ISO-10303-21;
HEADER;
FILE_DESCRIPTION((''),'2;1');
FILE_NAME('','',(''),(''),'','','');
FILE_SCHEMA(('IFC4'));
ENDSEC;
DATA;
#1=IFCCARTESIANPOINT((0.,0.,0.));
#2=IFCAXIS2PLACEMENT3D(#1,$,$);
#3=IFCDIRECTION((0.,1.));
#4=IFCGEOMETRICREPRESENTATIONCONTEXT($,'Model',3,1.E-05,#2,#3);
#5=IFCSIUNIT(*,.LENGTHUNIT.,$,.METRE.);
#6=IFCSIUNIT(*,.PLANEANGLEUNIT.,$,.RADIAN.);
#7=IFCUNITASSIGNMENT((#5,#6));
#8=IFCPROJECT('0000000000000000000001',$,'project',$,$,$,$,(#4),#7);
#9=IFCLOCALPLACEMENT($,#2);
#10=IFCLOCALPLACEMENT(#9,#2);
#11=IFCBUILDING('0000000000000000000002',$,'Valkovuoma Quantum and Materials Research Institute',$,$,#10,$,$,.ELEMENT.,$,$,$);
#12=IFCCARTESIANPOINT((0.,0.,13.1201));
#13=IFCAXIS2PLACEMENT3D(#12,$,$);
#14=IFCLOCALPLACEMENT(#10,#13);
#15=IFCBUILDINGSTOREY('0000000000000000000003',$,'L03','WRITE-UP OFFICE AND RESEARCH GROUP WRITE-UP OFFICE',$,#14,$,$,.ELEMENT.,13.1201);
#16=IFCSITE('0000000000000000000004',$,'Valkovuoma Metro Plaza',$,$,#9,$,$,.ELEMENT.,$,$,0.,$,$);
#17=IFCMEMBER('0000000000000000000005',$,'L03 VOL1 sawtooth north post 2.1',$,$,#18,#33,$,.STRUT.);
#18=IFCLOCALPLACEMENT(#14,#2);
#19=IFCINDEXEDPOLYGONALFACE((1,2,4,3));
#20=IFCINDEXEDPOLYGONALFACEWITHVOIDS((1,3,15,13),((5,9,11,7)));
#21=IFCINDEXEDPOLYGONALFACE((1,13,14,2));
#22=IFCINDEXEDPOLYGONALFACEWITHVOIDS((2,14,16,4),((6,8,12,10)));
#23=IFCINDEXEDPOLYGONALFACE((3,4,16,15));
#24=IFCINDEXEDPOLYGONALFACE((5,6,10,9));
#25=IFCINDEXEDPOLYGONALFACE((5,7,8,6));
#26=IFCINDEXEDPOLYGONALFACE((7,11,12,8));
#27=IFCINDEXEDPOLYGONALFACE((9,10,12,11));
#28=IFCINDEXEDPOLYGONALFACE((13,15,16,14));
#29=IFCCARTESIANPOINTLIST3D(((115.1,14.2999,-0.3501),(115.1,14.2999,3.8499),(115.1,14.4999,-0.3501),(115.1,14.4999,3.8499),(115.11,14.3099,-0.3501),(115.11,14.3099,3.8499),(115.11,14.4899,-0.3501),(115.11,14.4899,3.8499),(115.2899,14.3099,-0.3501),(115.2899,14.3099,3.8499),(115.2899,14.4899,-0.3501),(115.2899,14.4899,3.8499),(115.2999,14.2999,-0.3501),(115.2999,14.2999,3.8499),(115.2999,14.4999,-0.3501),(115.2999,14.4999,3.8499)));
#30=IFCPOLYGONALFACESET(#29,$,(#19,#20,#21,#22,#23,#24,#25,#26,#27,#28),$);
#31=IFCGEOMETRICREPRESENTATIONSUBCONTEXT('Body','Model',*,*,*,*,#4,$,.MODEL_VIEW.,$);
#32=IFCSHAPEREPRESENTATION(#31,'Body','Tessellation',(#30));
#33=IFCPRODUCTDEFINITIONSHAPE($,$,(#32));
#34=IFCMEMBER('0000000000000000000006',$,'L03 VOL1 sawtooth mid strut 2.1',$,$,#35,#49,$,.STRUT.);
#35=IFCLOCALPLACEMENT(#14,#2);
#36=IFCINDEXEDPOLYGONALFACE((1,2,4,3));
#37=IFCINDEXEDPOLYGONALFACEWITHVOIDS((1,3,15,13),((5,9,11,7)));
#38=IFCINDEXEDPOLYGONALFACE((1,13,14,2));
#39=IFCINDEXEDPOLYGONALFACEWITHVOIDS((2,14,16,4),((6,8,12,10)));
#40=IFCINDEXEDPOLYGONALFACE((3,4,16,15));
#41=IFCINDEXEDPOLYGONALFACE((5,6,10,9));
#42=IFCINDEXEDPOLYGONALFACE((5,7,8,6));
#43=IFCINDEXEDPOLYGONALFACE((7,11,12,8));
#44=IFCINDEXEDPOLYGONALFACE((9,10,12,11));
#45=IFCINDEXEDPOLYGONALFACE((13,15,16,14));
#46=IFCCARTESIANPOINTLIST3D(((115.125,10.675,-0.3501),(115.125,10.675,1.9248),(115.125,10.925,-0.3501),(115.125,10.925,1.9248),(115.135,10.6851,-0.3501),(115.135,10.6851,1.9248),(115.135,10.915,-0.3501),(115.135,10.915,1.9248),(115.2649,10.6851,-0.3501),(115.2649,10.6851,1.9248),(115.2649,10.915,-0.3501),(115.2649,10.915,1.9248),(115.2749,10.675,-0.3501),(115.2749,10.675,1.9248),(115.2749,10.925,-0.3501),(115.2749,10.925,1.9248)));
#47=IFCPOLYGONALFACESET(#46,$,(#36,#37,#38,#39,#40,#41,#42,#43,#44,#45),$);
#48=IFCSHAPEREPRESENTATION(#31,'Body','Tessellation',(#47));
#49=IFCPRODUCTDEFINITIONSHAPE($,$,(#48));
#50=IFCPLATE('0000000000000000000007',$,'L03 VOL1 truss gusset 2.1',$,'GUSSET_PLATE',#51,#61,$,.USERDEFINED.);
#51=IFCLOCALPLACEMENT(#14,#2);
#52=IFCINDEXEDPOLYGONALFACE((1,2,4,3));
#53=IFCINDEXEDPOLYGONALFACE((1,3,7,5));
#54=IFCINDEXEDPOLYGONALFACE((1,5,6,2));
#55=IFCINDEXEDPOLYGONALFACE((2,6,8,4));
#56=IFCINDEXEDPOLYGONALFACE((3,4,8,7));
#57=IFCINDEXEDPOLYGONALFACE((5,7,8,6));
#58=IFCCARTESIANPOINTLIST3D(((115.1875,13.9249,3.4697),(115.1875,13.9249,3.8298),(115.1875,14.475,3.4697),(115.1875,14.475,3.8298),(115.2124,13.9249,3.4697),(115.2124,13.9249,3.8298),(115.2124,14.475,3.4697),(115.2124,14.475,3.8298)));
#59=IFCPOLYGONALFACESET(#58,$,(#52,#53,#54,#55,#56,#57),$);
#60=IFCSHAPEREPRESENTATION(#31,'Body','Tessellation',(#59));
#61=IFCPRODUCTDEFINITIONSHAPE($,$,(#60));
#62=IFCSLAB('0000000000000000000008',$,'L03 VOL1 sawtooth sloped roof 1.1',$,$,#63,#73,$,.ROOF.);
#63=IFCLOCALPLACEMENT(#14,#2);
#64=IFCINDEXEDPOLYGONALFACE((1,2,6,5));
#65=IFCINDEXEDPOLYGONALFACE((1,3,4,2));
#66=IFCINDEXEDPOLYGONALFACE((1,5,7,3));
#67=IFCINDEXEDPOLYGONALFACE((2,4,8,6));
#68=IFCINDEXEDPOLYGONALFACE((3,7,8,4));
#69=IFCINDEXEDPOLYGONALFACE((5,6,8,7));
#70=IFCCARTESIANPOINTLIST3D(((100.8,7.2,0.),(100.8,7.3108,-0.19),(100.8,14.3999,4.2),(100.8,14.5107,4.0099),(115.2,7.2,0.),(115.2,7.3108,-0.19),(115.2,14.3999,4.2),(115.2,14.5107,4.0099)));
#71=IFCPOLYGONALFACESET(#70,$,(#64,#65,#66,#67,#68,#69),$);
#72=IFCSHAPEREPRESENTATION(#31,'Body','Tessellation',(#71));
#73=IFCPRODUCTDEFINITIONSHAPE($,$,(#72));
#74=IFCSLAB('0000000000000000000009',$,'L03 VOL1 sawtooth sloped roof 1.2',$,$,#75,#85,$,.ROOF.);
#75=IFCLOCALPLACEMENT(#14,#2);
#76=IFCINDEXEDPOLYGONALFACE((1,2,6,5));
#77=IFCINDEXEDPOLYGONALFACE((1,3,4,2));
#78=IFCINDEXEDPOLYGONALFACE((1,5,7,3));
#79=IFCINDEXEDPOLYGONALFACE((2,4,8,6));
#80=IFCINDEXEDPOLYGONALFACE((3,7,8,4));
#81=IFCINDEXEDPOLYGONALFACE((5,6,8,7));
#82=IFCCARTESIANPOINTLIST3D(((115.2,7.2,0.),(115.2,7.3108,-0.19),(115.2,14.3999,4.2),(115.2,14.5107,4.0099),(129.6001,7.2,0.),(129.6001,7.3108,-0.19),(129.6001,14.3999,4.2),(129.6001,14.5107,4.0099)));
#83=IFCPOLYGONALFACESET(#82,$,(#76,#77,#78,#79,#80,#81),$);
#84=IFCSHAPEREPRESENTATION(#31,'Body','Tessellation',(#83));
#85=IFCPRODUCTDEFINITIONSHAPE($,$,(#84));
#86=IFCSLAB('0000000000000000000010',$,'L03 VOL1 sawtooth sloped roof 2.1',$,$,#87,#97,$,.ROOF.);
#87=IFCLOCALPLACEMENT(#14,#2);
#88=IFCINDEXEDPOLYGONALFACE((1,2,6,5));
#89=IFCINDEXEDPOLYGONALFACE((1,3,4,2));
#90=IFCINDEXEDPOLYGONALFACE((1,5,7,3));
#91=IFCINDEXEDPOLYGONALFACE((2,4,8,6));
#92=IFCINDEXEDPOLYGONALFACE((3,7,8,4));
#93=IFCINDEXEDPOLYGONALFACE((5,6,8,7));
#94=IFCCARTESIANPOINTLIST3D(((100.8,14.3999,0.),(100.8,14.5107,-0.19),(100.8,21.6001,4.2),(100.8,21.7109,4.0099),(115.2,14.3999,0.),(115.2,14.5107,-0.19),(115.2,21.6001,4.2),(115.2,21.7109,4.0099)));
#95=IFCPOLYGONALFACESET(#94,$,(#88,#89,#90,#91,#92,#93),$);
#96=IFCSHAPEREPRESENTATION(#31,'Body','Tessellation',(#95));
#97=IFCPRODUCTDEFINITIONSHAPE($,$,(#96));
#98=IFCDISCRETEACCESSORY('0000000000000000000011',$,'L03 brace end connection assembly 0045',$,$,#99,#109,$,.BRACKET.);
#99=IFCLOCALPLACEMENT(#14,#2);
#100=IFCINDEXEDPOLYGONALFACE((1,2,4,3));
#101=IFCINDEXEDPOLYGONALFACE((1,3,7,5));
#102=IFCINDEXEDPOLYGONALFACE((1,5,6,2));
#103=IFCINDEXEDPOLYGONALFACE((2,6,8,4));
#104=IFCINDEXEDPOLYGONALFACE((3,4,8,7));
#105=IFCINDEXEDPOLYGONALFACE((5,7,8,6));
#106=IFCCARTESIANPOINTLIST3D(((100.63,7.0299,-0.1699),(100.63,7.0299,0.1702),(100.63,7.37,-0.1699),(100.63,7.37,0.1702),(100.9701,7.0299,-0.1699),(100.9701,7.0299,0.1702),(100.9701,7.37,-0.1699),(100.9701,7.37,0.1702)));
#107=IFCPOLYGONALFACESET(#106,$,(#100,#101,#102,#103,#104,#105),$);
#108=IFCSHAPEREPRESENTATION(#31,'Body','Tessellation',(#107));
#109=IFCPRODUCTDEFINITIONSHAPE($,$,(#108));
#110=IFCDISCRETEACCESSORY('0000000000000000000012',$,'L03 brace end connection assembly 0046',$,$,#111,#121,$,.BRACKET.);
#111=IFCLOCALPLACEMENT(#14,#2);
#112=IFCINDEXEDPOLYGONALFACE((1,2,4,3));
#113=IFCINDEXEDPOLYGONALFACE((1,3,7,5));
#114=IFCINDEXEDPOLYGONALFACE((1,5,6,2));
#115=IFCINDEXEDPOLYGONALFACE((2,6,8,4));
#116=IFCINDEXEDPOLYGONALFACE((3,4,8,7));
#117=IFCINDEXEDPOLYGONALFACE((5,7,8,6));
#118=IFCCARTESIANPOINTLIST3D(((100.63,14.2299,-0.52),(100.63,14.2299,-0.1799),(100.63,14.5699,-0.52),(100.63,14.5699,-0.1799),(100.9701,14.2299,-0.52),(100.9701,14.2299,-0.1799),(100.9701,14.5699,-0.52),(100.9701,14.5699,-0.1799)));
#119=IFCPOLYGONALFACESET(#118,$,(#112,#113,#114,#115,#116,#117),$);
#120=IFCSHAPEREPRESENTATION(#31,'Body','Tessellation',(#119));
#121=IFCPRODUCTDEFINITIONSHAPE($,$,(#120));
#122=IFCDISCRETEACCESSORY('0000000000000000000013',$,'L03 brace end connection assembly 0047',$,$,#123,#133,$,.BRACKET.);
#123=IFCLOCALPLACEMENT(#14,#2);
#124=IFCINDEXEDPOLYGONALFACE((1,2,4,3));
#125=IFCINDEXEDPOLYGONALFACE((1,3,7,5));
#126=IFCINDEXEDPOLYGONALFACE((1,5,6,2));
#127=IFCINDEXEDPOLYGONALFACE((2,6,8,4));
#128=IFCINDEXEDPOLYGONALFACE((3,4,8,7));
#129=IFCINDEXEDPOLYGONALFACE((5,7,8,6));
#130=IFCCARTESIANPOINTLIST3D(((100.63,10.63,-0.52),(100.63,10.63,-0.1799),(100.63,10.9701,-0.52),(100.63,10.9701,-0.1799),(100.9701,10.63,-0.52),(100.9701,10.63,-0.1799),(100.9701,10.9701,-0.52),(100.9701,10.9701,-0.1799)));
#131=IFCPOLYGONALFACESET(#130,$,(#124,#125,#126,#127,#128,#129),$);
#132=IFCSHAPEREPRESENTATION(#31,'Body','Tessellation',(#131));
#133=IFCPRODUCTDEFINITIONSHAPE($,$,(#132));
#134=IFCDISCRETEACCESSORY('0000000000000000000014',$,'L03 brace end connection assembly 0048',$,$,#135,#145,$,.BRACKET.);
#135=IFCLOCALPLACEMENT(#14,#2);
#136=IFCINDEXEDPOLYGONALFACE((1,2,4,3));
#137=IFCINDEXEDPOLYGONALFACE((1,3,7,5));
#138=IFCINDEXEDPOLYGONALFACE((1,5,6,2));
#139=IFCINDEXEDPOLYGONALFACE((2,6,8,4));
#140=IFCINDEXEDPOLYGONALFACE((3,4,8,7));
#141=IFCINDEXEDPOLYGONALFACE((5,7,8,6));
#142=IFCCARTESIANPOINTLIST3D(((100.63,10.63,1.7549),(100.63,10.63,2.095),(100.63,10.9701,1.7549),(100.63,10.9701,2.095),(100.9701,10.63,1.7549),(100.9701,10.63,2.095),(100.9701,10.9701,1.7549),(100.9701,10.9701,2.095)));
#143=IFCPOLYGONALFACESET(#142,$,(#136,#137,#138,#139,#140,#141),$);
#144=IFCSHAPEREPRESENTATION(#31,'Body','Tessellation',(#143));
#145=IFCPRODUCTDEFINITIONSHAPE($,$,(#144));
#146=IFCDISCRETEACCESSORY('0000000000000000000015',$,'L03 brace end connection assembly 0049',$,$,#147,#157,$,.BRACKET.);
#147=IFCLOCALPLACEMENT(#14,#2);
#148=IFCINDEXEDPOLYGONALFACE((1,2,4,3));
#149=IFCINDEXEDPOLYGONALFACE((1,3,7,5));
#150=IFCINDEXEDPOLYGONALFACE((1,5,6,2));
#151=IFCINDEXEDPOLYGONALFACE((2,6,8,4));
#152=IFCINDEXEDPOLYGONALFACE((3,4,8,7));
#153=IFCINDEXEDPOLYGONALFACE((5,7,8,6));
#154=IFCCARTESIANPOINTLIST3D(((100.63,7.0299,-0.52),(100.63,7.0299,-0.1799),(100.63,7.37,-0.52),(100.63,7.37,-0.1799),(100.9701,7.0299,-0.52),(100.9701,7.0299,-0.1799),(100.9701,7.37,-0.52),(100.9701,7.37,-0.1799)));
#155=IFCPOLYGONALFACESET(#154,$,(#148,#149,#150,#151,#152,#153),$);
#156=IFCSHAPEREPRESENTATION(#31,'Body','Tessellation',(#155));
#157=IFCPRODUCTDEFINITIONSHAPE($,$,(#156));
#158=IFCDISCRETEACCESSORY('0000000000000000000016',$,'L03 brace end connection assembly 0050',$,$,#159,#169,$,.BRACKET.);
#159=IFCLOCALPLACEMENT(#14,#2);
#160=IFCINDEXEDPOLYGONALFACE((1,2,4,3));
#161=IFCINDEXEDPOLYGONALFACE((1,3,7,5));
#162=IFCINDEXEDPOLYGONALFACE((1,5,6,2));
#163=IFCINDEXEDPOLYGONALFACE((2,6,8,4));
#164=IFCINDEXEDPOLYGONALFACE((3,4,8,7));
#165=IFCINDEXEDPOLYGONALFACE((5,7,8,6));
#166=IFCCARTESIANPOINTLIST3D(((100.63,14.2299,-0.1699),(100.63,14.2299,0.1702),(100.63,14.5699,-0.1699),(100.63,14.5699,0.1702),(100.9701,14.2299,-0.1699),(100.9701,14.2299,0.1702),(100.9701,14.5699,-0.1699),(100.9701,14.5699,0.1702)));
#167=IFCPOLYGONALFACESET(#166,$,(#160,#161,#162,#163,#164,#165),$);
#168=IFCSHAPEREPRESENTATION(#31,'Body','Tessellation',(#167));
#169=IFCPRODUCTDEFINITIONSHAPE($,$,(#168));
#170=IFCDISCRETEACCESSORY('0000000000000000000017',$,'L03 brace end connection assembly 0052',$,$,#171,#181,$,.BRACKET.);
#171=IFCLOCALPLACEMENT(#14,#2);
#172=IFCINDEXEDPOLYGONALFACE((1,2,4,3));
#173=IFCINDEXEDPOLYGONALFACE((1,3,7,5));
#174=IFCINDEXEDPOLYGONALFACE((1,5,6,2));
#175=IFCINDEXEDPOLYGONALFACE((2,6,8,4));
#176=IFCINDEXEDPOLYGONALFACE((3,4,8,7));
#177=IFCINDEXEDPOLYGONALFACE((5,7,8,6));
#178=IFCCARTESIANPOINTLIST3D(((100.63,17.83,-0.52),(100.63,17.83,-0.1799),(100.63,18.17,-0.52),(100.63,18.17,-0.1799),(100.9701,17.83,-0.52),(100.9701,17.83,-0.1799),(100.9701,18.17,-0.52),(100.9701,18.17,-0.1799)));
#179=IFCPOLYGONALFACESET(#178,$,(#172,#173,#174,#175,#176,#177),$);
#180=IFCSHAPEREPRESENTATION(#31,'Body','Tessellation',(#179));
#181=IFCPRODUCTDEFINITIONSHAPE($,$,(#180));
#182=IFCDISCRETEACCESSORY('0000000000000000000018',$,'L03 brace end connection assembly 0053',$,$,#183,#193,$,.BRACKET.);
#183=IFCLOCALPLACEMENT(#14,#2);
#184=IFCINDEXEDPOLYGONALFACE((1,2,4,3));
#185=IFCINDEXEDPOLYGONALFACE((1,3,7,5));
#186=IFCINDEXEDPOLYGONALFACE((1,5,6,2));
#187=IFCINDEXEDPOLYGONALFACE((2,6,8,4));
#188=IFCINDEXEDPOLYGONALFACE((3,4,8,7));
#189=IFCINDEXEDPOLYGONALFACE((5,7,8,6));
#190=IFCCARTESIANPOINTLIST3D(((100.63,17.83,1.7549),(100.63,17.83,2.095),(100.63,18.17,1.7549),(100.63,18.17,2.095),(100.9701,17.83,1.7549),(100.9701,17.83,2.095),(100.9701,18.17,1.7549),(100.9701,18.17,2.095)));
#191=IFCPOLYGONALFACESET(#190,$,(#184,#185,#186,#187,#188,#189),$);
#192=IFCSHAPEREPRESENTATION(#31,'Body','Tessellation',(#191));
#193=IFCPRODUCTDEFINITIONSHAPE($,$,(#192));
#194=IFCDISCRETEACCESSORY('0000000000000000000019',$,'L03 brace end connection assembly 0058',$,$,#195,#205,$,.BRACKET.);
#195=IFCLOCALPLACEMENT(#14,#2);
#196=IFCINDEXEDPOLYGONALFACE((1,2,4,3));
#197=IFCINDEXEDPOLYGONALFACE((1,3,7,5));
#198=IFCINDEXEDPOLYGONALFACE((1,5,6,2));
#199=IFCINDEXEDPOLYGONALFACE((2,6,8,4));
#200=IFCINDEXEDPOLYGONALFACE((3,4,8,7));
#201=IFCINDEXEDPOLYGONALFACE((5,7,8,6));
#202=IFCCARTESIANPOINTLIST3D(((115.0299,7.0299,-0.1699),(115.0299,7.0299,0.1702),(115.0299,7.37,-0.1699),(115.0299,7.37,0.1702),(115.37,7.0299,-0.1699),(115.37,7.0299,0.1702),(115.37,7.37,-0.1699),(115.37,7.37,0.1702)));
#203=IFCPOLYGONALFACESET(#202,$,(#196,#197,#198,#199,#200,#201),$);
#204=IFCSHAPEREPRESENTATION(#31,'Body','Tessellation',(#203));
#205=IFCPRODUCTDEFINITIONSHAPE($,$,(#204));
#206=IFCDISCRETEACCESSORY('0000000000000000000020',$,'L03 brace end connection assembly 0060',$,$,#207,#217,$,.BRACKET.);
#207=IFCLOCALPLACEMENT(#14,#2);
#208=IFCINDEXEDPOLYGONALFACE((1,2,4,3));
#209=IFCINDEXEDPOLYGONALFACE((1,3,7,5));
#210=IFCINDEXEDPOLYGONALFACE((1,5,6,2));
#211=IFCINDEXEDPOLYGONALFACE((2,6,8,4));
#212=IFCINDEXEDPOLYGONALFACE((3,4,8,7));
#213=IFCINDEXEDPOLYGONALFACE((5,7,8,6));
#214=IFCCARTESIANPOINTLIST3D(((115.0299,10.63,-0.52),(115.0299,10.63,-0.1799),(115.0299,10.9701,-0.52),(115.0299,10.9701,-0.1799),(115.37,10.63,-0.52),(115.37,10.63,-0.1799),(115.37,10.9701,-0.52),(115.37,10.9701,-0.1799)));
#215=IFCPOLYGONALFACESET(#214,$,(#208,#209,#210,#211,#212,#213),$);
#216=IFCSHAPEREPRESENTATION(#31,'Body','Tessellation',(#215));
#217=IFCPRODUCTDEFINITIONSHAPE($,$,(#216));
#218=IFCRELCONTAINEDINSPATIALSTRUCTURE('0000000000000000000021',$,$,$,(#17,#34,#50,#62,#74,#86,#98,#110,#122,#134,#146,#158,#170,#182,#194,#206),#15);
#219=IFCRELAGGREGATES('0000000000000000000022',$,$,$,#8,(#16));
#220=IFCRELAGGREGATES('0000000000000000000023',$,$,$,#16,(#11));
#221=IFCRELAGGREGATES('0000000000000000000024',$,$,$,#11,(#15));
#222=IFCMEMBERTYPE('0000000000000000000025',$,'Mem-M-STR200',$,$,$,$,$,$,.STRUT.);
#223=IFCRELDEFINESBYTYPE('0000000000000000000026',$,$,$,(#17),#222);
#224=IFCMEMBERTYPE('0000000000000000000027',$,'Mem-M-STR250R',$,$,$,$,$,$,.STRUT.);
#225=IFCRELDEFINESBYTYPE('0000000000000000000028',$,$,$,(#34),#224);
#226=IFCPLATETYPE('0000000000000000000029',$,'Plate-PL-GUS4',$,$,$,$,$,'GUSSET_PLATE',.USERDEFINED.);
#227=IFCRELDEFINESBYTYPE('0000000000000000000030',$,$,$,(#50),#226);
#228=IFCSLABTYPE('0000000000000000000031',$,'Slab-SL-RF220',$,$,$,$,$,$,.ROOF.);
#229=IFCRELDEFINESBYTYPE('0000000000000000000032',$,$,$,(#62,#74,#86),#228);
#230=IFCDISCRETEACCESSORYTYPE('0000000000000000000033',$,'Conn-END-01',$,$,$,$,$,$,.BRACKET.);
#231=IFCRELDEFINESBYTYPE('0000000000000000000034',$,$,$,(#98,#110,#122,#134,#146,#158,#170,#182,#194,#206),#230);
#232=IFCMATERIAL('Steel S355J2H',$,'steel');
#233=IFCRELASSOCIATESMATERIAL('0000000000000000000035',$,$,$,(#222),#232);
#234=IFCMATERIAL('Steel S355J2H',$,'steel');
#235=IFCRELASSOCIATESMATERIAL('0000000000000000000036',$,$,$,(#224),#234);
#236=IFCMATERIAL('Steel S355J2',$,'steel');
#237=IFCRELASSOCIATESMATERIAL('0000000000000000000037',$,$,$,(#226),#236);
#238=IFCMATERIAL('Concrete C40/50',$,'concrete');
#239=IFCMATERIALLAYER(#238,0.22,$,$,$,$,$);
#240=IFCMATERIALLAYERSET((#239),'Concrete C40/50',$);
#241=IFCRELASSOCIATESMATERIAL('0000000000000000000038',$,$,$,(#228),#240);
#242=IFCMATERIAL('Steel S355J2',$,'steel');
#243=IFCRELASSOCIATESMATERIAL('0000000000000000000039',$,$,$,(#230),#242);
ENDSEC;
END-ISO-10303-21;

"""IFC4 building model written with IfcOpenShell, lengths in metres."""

from ifc_helpers import new_model, si_unit, direction, frame, origin, origin_2d, place, context, subcontext, project, spatial, polyline, rectangle, hollow_rectangle, outline, extrude, material, layer, layer_set, material_profile, profile_set, type_object, element, save


model = new_model("IFC4")

# Units and contexts
model_context = context("Model", 3, precision=1e-05, world=origin(), true_north=direction((0.0, 1.0)))
body_context = subcontext(model_context, "Body", "Model", "MODEL_VIEW")
ifc_project = project(units=[si_unit("LENGTHUNIT", "METRE"), si_unit("PLANEANGLEUNIT", "RADIAN")], contexts=[model_context])

# Site, building, storey
site_placement = place(None, origin())
site = spatial("IfcSite", under=ifc_project, at=site_placement, Name="Valkovuoma Metro Plaza", CompositionType="ELEMENT", RefElevation=0.0)
building_placement = place(site_placement, origin())
building = spatial("IfcBuilding", under=site, at=building_placement, Name="Valkovuoma Quantum and Materials Research Institute", CompositionType="ELEMENT")
storey_placement = place(building_placement, frame((0.0, 0.0, 13.1201)))
storey = spatial("IfcBuildingStorey", under=building, at=storey_placement, Name="L03", Description="WRITE-UP OFFICE AND RESEARCH GROUP WRITE-UP OFFICE", CompositionType="ELEMENT", Elevation=13.1201)

# Members
ifc_material_1 = material(Name="Steel S355J2H", Category="steel")
ifc_material_profile_1 = material_profile(ifc_material_1, hollow_rectangle(XDim=0.2, YDim=0.2, WallThickness=0.01, at=origin_2d()), Name="Steel S355J2H")
ifc_profile_set_1 = profile_set([ifc_material_profile_1], Name="Steel S355J2H")
member_type_1 = type_object("IfcMemberType", Name="Mem-M-STR200", PredefinedType="STRUT", material=ifc_profile_set_1)
member_1_placement = place(storey_placement, frame((115.2, 14.3999, -0.3501), z_axis=(0.0, 0.0, 1.0), x_axis=(1.0, 0.0, 0.0)))
element("IfcMember", 1, at=member_1_placement, inside=storey, type_object=member_type_1, Name="L03 VOL1 sawtooth north post 2.1", PredefinedType="STRUT", context=body_context, shape_type="SweptSolid", body=[
    extrude(hollow_rectangle(XDim=0.2, YDim=0.2, WallThickness=0.01, at=origin_2d()), origin(), (0.0, 0.0, 1.0), 4.2),
])
ifc_material_2 = material(Name="Steel S355J2H", Category="steel")
ifc_material_profile_2 = material_profile(ifc_material_2, hollow_rectangle(XDim=0.1499, YDim=0.25, WallThickness=0.01, at=origin_2d()), Name="Steel S355J2H")
ifc_profile_set_2 = profile_set([ifc_material_profile_2], Name="Steel S355J2H")
member_type_2 = type_object("IfcMemberType", Name="Mem-M-STR250R", PredefinedType="STRUT", material=ifc_profile_set_2)
member_2_placement = place(storey_placement, frame((115.2, 10.8, -0.3501), z_axis=(0.0, 0.0, 1.0), x_axis=(1.0, 0.0, 0.0)))
element("IfcMember", 2, at=member_2_placement, inside=storey, type_object=member_type_2, Name="L03 VOL1 sawtooth mid strut 2.1", PredefinedType="STRUT", context=body_context, shape_type="SweptSolid", body=[
    extrude(hollow_rectangle(XDim=0.1499, YDim=0.25, WallThickness=0.01, at=origin_2d()), origin(), (0.0, 0.0, 1.0), 2.2749),
])

# Plate
ifc_material_3 = material(Name="Steel S355J2", Category="steel")
plate_type = type_object("IfcPlateType", Name="Plate-PL-GUS4", ElementType="GUSSET_PLATE", PredefinedType="USERDEFINED", material=ifc_material_3)
plate_placement = place(storey_placement, frame((115.2, 14.2, 3.4697), z_axis=(0.0, 0.0, 1.0), x_axis=(0.0, 1.0, 0.0)))
element("IfcPlate", 3, at=plate_placement, inside=storey, type_object=plate_type, Name="L03 VOL1 truss gusset 2.1", ObjectType="GUSSET_PLATE", PredefinedType="USERDEFINED", context=body_context, shape_type="SweptSolid", body=[
    extrude(rectangle(XDim=0.55, YDim=0.0249, at=origin_2d()), origin(), (0.0, 0.0, 1.0), 0.3601),
])

# Slabs
ifc_material_4 = material(Name="Concrete C40/50", Category="concrete")
ifc_layer = layer(ifc_material_4, 0.22)
ifc_layer_set = layer_set([ifc_layer], Name="Concrete C40/50")
slab_type = type_object("IfcSlabType", Name="Slab-SL-RF220", PredefinedType="ROOF", material=ifc_layer_set)
slab_1_placement = place(storey_placement, frame((100.8, 7.2, 0.0), z_axis=(0.0, -0.503869, 0.86378), x_axis=(1.0, 0.0, 0.0)))
element("IfcSlab", 4, at=slab_1_placement, inside=storey, type_object=slab_type, Name="L03 VOL1 sawtooth sloped roof 1.1", PredefinedType="ROOF", context=body_context, shape_type="SweptSolid", body=[
    extrude(outline(polyline([(0.0, 0.0), (14.3999, 0.0), (14.3999, 8.3354), (0.0, 8.3354), (0.0, 0.0)])), origin(), (0.0, 0.0, -1.0), 0.22),
])
slab_2_placement = place(storey_placement, frame((115.2, 7.2, 0.0), z_axis=(0.0, -0.503869, 0.86378), x_axis=(1.0, 0.0, 0.0)))
element("IfcSlab", 5, at=slab_2_placement, inside=storey, type_object=slab_type, Name="L03 VOL1 sawtooth sloped roof 1.2", PredefinedType="ROOF", context=body_context, shape_type="SweptSolid", body=[
    extrude(outline(polyline([(0.0, 0.0), (14.4001, 0.0), (14.4001, 8.3354), (0.0, 8.3354), (0.0, 0.0)])), origin(), (0.0, 0.0, -1.0), 0.22),
])
slab_3_placement = place(storey_placement, frame((100.8, 14.3999, 0.0), z_axis=(0.0, -0.503856, 0.863787), x_axis=(1.0, 0.0, 0.0)))
element("IfcSlab", 6, at=slab_3_placement, inside=storey, type_object=slab_type, Name="L03 VOL1 sawtooth sloped roof 2.1", PredefinedType="ROOF", context=body_context, shape_type="SweptSolid", body=[
    extrude(outline(polyline([(0.0, 0.0), (14.3999, 0.0), (14.3999, 8.3356), (0.0, 8.3356), (0.0, 0.0)])), origin(), (0.0, 0.0, -1.0), 0.22),
])

# Discrete accessories
ifc_material_5 = material(Name="Steel S355J2", Category="steel")
discrete_accessory_type = type_object("IfcDiscreteAccessoryType", Name="Conn-END-01", PredefinedType="BRACKET", material=ifc_material_5)
for number, where, z_axis, x_axis, name in (
    (7, (100.8, 7.2, -0.1699), (0.0, 0.0, 1.0), (1.0, 0.0, 0.0), "L03 brace end connection assembly 0045"),
    (8, (100.8, 14.3999, -0.52), (0.0, 0.0, 1.0), (1.0, 0.0, 0.0), "L03 brace end connection assembly 0046"),
    (9, (100.8, 10.8, -0.52), (0.0, 0.0, 1.0), (1.0, 0.0, 0.0), "L03 brace end connection assembly 0047"),
    (10, (100.8, 10.8, 1.7549), (0.0, 0.0, 1.0), (1.0, 0.0, 0.0), "L03 brace end connection assembly 0048"),
    (11, (100.8, 7.2, -0.52), (0.0, 0.0, 1.0), (1.0, 0.0, 0.0), "L03 brace end connection assembly 0049"),
    (12, (100.8, 14.3999, -0.1699), (0.0, 0.0, 1.0), (1.0, 0.0, 0.0), "L03 brace end connection assembly 0050"),
    (13, (100.8, 18.0, -0.52), (0.0, 0.0, 1.0), (1.0, 0.0, 0.0), "L03 brace end connection assembly 0052"),
    (14, (100.8, 18.0, 1.7549), (0.0, 0.0, 1.0), (1.0, 0.0, 0.0), "L03 brace end connection assembly 0053"),
    (15, (115.2, 7.2, -0.1699), (0.0, 0.0, 1.0), (1.0, 0.0, 0.0), "L03 brace end connection assembly 0058"),
    (16, (115.2, 10.8, -0.52), (0.0, 0.0, 1.0), (1.0, 0.0, 0.0), "L03 brace end connection assembly 0060"),
):
    element("IfcDiscreteAccessory", number, at=place(storey_placement, frame(where, z_axis=z_axis, x_axis=x_axis)), inside=storey, type_object=discrete_accessory_type, Name=name, PredefinedType="BRACKET", context=body_context, shape_type="SweptSolid", body=[
        extrude(rectangle(XDim=0.3401, YDim=0.3401, at=origin_2d()), origin(), (0.0, 0.0, 1.0), 0.3401),
    ])

save(model, "model.ifc")
